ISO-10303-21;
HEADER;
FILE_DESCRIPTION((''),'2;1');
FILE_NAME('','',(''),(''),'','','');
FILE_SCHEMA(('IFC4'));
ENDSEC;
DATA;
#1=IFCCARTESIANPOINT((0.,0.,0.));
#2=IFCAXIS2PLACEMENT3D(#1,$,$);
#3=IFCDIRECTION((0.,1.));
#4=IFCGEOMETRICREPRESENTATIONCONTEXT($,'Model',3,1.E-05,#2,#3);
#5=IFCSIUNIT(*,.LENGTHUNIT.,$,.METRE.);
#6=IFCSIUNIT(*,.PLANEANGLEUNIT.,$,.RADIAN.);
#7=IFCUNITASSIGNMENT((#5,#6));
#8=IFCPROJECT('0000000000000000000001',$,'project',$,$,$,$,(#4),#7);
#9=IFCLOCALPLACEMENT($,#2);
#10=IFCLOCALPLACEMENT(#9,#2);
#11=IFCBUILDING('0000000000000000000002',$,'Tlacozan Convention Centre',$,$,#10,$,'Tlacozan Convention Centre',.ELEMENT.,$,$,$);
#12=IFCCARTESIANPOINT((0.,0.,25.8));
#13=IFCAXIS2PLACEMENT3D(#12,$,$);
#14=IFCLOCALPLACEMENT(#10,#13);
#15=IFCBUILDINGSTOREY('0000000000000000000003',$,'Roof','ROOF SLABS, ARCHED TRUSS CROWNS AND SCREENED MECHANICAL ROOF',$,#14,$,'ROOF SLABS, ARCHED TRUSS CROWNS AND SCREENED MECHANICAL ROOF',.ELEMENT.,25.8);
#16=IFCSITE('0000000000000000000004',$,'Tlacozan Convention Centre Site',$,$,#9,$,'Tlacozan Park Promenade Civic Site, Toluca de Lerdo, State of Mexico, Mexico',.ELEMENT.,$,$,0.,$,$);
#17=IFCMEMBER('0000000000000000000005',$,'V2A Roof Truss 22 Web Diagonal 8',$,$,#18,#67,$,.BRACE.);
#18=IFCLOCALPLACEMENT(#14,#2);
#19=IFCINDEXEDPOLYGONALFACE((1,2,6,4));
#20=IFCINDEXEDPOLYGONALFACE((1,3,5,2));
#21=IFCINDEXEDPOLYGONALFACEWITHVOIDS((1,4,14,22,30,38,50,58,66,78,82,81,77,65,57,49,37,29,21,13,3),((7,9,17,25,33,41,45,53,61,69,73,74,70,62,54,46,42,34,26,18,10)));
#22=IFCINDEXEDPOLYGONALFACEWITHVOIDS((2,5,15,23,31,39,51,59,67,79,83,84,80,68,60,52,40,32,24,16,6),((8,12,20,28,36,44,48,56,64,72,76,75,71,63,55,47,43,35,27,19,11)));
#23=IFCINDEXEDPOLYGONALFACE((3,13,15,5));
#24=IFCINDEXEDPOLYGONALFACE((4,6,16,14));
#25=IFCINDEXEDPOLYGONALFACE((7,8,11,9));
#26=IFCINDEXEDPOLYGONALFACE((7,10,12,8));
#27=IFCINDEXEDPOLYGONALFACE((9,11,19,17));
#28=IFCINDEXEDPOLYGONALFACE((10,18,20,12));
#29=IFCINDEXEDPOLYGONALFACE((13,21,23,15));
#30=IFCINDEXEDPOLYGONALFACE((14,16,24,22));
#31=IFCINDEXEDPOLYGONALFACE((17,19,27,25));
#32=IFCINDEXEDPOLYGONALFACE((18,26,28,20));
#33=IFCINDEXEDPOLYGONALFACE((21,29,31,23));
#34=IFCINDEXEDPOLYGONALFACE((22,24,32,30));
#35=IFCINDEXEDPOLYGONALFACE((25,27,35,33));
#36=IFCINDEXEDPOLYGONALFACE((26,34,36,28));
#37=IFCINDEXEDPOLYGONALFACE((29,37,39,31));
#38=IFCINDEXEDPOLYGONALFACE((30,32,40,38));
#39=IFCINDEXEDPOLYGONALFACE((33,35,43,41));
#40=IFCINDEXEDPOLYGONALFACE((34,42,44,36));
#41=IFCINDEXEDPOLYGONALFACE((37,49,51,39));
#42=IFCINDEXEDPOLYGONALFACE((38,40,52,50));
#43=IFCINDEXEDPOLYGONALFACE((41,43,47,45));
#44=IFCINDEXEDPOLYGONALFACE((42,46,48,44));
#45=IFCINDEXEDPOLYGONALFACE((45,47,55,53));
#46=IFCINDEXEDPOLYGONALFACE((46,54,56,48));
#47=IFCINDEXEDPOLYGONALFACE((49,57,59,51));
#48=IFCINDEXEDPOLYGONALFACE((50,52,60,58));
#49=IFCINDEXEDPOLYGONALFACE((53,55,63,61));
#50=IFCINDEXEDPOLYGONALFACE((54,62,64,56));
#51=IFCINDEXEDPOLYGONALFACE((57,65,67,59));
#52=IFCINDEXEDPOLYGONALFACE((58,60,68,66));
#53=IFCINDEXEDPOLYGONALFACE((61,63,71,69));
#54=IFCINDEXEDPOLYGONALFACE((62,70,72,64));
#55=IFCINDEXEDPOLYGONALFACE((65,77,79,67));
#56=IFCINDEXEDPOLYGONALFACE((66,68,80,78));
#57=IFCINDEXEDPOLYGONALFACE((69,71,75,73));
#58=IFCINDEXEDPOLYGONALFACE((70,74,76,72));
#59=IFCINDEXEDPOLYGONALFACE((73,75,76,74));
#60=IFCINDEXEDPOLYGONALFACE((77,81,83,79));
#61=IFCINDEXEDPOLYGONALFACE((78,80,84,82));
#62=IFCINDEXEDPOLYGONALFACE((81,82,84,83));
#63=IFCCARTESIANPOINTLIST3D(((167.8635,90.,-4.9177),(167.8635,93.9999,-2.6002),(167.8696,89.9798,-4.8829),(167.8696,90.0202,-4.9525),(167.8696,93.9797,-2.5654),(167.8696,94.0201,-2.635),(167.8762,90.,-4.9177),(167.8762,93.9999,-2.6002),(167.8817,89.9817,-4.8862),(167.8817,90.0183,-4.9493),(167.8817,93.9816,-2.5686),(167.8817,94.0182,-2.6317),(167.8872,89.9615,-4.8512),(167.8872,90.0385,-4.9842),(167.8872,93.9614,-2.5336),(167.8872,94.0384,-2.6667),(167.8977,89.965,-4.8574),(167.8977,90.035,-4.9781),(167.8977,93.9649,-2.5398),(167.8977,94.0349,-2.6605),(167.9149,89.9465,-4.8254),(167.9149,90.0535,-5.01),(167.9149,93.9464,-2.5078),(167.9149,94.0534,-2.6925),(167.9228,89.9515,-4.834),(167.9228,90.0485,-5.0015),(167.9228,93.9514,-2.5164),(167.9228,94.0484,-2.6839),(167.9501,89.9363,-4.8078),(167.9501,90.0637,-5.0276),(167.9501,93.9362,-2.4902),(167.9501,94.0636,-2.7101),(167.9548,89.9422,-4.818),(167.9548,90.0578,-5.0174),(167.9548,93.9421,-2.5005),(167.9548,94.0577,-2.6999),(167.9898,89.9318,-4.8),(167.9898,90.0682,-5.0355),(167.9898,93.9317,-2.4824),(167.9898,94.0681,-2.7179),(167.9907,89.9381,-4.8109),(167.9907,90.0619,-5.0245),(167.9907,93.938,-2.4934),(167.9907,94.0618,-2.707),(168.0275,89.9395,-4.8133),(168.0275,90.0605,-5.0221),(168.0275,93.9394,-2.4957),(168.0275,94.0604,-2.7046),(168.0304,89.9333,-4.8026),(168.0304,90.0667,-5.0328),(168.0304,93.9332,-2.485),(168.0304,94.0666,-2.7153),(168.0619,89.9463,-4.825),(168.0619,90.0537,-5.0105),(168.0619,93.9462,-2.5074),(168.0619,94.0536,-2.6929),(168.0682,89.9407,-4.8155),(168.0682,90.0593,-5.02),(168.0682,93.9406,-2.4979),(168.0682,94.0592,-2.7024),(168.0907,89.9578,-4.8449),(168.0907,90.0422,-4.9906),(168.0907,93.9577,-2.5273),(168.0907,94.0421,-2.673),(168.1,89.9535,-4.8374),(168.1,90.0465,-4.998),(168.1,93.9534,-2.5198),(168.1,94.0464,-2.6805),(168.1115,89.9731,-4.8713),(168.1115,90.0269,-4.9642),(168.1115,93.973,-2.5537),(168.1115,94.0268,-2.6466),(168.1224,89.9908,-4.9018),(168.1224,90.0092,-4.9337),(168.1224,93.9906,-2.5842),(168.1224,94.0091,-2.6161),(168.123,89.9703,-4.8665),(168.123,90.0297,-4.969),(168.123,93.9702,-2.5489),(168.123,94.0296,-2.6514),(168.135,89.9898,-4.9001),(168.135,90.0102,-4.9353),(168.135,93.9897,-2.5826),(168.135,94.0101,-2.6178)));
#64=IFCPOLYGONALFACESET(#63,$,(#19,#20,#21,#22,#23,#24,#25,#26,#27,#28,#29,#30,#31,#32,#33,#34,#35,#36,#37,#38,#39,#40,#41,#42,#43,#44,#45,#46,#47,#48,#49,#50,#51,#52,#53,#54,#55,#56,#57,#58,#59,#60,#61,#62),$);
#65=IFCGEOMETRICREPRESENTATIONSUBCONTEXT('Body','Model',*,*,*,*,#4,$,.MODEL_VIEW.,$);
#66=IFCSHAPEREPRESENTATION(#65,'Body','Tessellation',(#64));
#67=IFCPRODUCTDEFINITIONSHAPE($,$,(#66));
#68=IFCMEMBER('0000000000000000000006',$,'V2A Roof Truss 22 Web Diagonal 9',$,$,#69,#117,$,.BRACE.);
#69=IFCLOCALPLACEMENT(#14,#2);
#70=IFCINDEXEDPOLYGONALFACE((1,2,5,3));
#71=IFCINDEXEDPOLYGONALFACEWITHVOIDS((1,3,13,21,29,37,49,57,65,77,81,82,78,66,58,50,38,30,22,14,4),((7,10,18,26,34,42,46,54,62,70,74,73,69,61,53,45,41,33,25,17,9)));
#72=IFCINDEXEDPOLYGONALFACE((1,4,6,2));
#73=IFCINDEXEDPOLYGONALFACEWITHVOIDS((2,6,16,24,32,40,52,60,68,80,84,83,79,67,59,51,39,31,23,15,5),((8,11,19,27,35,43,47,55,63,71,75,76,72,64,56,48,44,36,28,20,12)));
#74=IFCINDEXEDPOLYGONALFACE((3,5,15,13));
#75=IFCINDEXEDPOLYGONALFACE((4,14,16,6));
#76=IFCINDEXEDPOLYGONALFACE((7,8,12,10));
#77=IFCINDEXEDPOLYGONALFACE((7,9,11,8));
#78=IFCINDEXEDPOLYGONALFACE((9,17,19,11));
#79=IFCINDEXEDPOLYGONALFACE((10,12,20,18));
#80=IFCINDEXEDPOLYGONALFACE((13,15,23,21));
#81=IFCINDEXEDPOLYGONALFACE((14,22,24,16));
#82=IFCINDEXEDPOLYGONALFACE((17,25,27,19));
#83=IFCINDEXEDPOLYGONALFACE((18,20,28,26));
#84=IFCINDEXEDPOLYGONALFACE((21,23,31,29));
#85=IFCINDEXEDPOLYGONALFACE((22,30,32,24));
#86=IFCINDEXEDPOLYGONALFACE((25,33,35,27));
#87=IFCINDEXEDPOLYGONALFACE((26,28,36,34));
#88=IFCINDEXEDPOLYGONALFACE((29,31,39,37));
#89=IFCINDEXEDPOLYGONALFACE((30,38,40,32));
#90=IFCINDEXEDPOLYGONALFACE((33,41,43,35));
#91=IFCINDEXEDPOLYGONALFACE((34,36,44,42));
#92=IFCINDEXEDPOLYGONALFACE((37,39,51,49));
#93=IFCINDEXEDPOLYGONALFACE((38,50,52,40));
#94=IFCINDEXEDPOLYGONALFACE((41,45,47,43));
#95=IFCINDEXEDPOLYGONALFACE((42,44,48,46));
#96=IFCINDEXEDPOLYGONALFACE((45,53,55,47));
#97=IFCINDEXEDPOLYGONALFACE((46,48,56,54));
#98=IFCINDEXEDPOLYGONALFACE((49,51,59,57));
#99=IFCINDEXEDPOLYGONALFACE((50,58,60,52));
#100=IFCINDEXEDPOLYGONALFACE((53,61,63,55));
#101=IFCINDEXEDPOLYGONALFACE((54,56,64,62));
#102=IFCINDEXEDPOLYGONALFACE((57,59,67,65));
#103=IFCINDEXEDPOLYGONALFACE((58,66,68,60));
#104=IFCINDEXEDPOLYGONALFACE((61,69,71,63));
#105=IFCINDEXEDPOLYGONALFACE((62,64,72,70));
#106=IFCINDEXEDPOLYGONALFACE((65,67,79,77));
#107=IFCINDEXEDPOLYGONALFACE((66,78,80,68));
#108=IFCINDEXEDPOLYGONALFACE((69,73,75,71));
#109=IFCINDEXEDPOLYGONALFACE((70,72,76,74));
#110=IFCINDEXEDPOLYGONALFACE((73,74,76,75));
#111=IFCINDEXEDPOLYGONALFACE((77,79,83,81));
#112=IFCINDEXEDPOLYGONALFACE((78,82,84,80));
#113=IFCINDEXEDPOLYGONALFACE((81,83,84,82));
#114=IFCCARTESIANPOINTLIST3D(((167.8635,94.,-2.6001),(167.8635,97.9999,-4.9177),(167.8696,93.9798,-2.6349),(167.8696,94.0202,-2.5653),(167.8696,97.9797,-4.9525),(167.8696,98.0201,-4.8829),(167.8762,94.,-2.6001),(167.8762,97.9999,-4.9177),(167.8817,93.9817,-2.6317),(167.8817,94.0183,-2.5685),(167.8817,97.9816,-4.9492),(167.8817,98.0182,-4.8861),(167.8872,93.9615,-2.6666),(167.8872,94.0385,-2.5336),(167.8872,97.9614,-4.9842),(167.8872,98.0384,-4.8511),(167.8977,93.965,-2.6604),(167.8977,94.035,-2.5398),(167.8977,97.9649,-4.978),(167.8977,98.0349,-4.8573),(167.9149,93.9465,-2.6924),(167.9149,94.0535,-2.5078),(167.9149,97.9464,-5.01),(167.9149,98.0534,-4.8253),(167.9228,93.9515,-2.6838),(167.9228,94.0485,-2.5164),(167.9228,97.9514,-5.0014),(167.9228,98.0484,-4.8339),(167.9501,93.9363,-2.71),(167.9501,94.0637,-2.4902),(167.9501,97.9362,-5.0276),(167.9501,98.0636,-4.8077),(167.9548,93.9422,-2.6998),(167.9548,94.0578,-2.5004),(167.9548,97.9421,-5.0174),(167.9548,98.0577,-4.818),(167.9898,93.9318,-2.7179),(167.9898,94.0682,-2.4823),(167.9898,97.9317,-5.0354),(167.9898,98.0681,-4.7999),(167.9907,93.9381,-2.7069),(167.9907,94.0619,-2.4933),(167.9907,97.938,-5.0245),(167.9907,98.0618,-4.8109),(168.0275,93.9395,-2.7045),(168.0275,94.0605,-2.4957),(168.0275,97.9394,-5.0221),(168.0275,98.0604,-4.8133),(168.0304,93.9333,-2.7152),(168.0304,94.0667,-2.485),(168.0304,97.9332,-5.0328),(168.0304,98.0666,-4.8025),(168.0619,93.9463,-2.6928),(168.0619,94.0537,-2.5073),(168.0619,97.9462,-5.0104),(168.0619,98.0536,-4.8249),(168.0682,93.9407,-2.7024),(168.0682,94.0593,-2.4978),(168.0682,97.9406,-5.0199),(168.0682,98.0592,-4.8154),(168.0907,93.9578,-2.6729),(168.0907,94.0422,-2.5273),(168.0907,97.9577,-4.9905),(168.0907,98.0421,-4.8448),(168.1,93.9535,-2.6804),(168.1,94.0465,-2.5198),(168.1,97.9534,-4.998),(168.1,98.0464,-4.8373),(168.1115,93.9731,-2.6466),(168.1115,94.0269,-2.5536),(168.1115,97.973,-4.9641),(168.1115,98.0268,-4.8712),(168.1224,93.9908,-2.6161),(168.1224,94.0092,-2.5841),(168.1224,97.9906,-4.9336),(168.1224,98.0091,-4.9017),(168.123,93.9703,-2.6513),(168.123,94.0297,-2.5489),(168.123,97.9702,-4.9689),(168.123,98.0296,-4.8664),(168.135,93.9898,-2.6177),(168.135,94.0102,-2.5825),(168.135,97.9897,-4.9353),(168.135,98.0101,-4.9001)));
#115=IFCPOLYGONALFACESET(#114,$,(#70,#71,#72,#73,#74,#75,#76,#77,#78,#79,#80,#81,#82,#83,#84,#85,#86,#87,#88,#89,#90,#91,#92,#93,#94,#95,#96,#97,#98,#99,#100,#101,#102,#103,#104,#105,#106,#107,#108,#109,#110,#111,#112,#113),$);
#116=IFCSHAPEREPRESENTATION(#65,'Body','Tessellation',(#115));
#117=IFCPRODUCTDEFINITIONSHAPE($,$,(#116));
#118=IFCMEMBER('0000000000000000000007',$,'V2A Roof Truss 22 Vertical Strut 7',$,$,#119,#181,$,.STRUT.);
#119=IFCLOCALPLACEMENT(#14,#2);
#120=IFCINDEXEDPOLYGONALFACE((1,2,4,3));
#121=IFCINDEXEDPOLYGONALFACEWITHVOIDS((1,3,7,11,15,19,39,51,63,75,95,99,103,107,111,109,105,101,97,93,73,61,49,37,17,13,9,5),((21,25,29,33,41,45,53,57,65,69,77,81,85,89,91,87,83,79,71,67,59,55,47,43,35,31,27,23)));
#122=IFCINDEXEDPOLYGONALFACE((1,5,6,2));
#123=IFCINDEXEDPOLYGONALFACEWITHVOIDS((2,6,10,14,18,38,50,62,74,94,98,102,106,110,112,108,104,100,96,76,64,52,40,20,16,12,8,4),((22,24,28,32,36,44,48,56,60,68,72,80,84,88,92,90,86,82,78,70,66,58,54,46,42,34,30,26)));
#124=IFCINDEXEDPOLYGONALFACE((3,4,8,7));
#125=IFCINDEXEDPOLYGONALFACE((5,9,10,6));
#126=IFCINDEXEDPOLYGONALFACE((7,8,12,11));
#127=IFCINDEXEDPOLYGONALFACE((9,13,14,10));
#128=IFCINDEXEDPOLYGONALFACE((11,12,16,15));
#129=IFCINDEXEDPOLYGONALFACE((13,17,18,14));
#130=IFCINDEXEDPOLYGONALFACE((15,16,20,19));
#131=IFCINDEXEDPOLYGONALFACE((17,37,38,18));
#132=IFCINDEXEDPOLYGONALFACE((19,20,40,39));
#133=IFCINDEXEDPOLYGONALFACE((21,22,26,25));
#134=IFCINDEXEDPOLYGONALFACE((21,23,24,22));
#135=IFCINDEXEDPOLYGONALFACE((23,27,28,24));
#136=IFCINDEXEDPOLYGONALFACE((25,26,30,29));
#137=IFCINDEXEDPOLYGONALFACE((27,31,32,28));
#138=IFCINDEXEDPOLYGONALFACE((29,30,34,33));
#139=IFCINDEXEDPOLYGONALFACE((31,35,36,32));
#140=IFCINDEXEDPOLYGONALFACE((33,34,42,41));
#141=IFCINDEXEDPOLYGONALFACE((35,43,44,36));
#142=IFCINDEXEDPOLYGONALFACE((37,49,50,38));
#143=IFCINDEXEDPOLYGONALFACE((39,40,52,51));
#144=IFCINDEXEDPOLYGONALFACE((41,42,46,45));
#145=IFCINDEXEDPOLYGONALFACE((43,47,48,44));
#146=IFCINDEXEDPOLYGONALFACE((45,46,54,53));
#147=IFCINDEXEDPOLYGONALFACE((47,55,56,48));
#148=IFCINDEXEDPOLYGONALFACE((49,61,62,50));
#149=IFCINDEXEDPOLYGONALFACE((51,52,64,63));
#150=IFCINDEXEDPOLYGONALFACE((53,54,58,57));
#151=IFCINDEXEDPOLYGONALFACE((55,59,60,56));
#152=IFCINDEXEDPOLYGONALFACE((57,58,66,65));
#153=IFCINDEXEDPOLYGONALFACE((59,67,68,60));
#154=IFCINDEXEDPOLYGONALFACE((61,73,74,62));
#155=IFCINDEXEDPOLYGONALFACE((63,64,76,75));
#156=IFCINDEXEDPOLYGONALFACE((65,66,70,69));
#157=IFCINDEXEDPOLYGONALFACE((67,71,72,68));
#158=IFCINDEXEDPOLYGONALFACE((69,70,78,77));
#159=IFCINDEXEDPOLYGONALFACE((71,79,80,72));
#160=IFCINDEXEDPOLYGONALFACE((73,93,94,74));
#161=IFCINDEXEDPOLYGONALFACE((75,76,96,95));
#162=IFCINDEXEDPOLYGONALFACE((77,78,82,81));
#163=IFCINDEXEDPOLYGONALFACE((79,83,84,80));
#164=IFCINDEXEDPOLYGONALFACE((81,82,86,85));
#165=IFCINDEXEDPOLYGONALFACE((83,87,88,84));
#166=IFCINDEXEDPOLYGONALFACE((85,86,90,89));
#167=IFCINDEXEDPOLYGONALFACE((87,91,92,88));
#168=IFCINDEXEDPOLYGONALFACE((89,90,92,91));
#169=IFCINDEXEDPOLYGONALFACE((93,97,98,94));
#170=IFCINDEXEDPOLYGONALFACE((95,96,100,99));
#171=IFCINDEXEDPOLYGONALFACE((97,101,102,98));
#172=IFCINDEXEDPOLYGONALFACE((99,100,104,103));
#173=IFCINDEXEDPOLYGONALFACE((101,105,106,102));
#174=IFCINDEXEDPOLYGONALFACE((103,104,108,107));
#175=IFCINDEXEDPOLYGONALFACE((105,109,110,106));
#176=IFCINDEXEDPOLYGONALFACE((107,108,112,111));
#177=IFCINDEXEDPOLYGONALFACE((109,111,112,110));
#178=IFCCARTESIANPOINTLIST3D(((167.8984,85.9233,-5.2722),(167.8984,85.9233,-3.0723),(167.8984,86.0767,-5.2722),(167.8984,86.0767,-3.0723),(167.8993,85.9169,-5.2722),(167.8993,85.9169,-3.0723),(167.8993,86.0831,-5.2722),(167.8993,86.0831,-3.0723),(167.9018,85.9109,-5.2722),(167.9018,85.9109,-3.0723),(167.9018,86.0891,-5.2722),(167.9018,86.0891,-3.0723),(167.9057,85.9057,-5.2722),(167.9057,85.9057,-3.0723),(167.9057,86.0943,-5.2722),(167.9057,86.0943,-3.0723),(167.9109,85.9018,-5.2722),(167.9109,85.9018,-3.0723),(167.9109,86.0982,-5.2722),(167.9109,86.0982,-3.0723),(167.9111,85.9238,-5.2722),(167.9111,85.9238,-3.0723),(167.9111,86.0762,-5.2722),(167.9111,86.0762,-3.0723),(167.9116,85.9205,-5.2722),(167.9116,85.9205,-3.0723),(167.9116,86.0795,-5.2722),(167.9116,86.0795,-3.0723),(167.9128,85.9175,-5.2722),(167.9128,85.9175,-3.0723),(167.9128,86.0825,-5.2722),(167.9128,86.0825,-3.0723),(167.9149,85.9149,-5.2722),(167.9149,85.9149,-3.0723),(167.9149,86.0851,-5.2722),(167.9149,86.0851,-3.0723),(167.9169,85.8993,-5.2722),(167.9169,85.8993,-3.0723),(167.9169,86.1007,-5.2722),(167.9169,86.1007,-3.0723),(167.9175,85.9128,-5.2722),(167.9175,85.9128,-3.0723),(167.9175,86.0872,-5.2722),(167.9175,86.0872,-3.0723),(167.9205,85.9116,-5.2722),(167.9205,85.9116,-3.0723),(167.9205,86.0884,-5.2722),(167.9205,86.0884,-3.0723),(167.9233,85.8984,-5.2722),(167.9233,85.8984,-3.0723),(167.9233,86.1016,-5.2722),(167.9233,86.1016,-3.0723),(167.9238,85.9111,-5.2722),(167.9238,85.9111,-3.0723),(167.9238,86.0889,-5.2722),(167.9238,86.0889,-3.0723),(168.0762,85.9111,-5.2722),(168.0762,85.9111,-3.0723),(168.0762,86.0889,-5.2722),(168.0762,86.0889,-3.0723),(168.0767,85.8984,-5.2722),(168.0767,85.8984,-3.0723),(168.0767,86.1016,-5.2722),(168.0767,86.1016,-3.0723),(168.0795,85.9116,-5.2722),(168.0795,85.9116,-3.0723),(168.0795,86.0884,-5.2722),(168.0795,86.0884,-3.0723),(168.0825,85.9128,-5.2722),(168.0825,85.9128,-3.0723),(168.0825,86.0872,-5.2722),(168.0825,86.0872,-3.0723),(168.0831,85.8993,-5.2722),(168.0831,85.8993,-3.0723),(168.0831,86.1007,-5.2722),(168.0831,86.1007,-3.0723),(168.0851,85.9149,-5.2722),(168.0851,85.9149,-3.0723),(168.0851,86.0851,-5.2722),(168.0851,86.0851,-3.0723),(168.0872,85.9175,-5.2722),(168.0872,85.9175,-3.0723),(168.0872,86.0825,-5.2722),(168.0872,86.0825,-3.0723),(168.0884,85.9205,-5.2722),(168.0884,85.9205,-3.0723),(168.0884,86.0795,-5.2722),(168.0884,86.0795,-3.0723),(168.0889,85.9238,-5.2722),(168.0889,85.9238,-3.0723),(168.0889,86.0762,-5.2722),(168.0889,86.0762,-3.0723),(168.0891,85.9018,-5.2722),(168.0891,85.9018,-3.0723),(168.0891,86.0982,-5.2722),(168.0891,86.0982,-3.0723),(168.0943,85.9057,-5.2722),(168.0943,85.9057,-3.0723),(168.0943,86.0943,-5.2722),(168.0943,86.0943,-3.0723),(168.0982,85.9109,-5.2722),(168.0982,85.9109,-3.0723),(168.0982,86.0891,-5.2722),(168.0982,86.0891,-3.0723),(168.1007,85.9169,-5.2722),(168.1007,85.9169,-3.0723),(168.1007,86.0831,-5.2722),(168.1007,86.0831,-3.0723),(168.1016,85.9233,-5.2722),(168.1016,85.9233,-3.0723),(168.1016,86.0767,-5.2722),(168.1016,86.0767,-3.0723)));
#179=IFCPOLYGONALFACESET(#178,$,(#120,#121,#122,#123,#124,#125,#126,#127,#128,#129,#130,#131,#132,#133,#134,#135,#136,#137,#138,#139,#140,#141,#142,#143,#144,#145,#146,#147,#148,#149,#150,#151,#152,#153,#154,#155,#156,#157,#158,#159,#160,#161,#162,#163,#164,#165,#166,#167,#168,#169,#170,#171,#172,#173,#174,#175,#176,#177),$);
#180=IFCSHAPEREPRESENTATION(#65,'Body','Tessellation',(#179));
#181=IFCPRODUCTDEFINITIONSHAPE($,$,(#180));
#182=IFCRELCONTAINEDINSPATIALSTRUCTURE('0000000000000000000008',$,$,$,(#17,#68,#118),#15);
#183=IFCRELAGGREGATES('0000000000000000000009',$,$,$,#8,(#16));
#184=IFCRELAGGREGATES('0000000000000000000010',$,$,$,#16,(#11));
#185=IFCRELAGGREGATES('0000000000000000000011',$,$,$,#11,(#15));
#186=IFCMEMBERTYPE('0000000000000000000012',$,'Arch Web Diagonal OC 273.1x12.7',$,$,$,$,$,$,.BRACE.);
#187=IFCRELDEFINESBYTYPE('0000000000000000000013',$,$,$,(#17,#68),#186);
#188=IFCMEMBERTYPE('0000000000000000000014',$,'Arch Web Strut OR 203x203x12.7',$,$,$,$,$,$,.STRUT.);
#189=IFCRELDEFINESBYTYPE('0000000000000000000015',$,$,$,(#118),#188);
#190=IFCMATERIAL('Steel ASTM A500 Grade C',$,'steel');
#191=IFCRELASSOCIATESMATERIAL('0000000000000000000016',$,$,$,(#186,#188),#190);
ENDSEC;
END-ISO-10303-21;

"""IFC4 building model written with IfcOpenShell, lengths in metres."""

from ifc_helpers import new_model, si_unit, direction, frame, origin, origin_2d, place, context, subcontext, project, spatial, hollow_rectangle, hollow_circle, extrude, material, material_profile, profile_set, type_object, element, save


model = new_model("IFC4")

# Units and contexts
model_context = context("Model", 3, precision=1e-05, world=origin(), true_north=direction((0.0, 1.0)))
body_context = subcontext(model_context, "Body", "Model", "MODEL_VIEW")
ifc_project = project(units=[si_unit("LENGTHUNIT", "METRE"), si_unit("PLANEANGLEUNIT", "RADIAN")], contexts=[model_context])

# Site, building, storey
site_placement = place(None, origin())
site = spatial("IfcSite", under=ifc_project, at=site_placement, Name="Tlacozan Convention Centre Site", LongName="Tlacozan Park Promenade Civic Site, Toluca de Lerdo, State of Mexico, Mexico", CompositionType="ELEMENT", RefElevation=0.0)
building_placement = place(site_placement, origin())
building = spatial("IfcBuilding", under=site, at=building_placement, Name="Tlacozan Convention Centre", LongName="Tlacozan Convention Centre", CompositionType="ELEMENT")
storey_placement = place(building_placement, frame((0.0, 0.0, 25.8)))
storey = spatial("IfcBuildingStorey", under=building, at=storey_placement, Name="Roof", Description="ROOF SLABS, ARCHED TRUSS CROWNS AND SCREENED MECHANICAL ROOF", LongName="ROOF SLABS, ARCHED TRUSS CROWNS AND SCREENED MECHANICAL ROOF", CompositionType="ELEMENT", Elevation=25.8)

# Members
ifc_material_1 = material(Name="Steel ASTM A500 Grade C", Category="steel")
ifc_material_profile_1 = material_profile(ifc_material_1, hollow_circle(Radius=0.1365, WallThickness=0.0127, at=origin_2d()), Name="OC 273.1x12.7")
ifc_profile_set_1 = profile_set([ifc_material_profile_1], Name="Steel ASTM A500 Grade C")
member_type_1 = type_object("IfcMemberType", Name="Arch Web Diagonal OC 273.1x12.7", PredefinedType="BRACE", material=ifc_profile_set_1)
for number, where, z_axis, x_axis, name in (
    (1, (168.0, 90.0, -4.9177), (0.0, 0.865254, 0.501334), (-1.0, 0.0, 0.0), "V2A Roof Truss 22 Web Diagonal 8"),
    (2, (168.0, 94.0, -2.6001), (0.0, 0.865254, -0.501334), (-1.0, 0.0, 0.0), "V2A Roof Truss 22 Web Diagonal 9"),
):
    element("IfcMember", number, at=place(storey_placement, frame(where, z_axis=z_axis, x_axis=x_axis)), inside=storey, type_object=member_type_1, Name=name, PredefinedType="BRACE", context=body_context, shape_type="SweptSolid", body=[
        extrude(hollow_circle(Radius=0.1365, WallThickness=0.0127, at=origin_2d()), origin(), (0.0, 0.0, 1.0), 4.6228),
    ])
ifc_material_profile_2 = material_profile(ifc_material_1, hollow_rectangle(XDim=0.2031, YDim=0.2031, WallThickness=0.0127, InnerFilletRadius=0.0127, OuterFilletRadius=0.0249, at=origin_2d()), Name="OR 203x203x12.7")
ifc_profile_set_2 = profile_set([ifc_material_profile_2], Name="Steel ASTM A500 Grade C")
member_type_2 = type_object("IfcMemberType", Name="Arch Web Strut OR 203x203x12.7", PredefinedType="STRUT", material=ifc_profile_set_2)
for number, where, z_axis, x_axis, name in (
    (3, (168.0, 86.0, -5.2722), (0.0, 0.0, 1.0), (1.0, 0.0, 0.0), "V2A Roof Truss 22 Vertical Strut 7"),
):
    element("IfcMember", number, at=place(storey_placement, frame(where, z_axis=z_axis, x_axis=x_axis)), inside=storey, type_object=member_type_2, Name=name, PredefinedType="STRUT", context=body_context, shape_type="SweptSolid", body=[
        extrude(hollow_rectangle(XDim=0.2031, YDim=0.2031, WallThickness=0.0127, InnerFilletRadius=0.0127, OuterFilletRadius=0.0249, at=origin_2d()), origin(), (0.0, 0.0, 1.0), 2.2),
    ])

save(model, "model.ifc")
